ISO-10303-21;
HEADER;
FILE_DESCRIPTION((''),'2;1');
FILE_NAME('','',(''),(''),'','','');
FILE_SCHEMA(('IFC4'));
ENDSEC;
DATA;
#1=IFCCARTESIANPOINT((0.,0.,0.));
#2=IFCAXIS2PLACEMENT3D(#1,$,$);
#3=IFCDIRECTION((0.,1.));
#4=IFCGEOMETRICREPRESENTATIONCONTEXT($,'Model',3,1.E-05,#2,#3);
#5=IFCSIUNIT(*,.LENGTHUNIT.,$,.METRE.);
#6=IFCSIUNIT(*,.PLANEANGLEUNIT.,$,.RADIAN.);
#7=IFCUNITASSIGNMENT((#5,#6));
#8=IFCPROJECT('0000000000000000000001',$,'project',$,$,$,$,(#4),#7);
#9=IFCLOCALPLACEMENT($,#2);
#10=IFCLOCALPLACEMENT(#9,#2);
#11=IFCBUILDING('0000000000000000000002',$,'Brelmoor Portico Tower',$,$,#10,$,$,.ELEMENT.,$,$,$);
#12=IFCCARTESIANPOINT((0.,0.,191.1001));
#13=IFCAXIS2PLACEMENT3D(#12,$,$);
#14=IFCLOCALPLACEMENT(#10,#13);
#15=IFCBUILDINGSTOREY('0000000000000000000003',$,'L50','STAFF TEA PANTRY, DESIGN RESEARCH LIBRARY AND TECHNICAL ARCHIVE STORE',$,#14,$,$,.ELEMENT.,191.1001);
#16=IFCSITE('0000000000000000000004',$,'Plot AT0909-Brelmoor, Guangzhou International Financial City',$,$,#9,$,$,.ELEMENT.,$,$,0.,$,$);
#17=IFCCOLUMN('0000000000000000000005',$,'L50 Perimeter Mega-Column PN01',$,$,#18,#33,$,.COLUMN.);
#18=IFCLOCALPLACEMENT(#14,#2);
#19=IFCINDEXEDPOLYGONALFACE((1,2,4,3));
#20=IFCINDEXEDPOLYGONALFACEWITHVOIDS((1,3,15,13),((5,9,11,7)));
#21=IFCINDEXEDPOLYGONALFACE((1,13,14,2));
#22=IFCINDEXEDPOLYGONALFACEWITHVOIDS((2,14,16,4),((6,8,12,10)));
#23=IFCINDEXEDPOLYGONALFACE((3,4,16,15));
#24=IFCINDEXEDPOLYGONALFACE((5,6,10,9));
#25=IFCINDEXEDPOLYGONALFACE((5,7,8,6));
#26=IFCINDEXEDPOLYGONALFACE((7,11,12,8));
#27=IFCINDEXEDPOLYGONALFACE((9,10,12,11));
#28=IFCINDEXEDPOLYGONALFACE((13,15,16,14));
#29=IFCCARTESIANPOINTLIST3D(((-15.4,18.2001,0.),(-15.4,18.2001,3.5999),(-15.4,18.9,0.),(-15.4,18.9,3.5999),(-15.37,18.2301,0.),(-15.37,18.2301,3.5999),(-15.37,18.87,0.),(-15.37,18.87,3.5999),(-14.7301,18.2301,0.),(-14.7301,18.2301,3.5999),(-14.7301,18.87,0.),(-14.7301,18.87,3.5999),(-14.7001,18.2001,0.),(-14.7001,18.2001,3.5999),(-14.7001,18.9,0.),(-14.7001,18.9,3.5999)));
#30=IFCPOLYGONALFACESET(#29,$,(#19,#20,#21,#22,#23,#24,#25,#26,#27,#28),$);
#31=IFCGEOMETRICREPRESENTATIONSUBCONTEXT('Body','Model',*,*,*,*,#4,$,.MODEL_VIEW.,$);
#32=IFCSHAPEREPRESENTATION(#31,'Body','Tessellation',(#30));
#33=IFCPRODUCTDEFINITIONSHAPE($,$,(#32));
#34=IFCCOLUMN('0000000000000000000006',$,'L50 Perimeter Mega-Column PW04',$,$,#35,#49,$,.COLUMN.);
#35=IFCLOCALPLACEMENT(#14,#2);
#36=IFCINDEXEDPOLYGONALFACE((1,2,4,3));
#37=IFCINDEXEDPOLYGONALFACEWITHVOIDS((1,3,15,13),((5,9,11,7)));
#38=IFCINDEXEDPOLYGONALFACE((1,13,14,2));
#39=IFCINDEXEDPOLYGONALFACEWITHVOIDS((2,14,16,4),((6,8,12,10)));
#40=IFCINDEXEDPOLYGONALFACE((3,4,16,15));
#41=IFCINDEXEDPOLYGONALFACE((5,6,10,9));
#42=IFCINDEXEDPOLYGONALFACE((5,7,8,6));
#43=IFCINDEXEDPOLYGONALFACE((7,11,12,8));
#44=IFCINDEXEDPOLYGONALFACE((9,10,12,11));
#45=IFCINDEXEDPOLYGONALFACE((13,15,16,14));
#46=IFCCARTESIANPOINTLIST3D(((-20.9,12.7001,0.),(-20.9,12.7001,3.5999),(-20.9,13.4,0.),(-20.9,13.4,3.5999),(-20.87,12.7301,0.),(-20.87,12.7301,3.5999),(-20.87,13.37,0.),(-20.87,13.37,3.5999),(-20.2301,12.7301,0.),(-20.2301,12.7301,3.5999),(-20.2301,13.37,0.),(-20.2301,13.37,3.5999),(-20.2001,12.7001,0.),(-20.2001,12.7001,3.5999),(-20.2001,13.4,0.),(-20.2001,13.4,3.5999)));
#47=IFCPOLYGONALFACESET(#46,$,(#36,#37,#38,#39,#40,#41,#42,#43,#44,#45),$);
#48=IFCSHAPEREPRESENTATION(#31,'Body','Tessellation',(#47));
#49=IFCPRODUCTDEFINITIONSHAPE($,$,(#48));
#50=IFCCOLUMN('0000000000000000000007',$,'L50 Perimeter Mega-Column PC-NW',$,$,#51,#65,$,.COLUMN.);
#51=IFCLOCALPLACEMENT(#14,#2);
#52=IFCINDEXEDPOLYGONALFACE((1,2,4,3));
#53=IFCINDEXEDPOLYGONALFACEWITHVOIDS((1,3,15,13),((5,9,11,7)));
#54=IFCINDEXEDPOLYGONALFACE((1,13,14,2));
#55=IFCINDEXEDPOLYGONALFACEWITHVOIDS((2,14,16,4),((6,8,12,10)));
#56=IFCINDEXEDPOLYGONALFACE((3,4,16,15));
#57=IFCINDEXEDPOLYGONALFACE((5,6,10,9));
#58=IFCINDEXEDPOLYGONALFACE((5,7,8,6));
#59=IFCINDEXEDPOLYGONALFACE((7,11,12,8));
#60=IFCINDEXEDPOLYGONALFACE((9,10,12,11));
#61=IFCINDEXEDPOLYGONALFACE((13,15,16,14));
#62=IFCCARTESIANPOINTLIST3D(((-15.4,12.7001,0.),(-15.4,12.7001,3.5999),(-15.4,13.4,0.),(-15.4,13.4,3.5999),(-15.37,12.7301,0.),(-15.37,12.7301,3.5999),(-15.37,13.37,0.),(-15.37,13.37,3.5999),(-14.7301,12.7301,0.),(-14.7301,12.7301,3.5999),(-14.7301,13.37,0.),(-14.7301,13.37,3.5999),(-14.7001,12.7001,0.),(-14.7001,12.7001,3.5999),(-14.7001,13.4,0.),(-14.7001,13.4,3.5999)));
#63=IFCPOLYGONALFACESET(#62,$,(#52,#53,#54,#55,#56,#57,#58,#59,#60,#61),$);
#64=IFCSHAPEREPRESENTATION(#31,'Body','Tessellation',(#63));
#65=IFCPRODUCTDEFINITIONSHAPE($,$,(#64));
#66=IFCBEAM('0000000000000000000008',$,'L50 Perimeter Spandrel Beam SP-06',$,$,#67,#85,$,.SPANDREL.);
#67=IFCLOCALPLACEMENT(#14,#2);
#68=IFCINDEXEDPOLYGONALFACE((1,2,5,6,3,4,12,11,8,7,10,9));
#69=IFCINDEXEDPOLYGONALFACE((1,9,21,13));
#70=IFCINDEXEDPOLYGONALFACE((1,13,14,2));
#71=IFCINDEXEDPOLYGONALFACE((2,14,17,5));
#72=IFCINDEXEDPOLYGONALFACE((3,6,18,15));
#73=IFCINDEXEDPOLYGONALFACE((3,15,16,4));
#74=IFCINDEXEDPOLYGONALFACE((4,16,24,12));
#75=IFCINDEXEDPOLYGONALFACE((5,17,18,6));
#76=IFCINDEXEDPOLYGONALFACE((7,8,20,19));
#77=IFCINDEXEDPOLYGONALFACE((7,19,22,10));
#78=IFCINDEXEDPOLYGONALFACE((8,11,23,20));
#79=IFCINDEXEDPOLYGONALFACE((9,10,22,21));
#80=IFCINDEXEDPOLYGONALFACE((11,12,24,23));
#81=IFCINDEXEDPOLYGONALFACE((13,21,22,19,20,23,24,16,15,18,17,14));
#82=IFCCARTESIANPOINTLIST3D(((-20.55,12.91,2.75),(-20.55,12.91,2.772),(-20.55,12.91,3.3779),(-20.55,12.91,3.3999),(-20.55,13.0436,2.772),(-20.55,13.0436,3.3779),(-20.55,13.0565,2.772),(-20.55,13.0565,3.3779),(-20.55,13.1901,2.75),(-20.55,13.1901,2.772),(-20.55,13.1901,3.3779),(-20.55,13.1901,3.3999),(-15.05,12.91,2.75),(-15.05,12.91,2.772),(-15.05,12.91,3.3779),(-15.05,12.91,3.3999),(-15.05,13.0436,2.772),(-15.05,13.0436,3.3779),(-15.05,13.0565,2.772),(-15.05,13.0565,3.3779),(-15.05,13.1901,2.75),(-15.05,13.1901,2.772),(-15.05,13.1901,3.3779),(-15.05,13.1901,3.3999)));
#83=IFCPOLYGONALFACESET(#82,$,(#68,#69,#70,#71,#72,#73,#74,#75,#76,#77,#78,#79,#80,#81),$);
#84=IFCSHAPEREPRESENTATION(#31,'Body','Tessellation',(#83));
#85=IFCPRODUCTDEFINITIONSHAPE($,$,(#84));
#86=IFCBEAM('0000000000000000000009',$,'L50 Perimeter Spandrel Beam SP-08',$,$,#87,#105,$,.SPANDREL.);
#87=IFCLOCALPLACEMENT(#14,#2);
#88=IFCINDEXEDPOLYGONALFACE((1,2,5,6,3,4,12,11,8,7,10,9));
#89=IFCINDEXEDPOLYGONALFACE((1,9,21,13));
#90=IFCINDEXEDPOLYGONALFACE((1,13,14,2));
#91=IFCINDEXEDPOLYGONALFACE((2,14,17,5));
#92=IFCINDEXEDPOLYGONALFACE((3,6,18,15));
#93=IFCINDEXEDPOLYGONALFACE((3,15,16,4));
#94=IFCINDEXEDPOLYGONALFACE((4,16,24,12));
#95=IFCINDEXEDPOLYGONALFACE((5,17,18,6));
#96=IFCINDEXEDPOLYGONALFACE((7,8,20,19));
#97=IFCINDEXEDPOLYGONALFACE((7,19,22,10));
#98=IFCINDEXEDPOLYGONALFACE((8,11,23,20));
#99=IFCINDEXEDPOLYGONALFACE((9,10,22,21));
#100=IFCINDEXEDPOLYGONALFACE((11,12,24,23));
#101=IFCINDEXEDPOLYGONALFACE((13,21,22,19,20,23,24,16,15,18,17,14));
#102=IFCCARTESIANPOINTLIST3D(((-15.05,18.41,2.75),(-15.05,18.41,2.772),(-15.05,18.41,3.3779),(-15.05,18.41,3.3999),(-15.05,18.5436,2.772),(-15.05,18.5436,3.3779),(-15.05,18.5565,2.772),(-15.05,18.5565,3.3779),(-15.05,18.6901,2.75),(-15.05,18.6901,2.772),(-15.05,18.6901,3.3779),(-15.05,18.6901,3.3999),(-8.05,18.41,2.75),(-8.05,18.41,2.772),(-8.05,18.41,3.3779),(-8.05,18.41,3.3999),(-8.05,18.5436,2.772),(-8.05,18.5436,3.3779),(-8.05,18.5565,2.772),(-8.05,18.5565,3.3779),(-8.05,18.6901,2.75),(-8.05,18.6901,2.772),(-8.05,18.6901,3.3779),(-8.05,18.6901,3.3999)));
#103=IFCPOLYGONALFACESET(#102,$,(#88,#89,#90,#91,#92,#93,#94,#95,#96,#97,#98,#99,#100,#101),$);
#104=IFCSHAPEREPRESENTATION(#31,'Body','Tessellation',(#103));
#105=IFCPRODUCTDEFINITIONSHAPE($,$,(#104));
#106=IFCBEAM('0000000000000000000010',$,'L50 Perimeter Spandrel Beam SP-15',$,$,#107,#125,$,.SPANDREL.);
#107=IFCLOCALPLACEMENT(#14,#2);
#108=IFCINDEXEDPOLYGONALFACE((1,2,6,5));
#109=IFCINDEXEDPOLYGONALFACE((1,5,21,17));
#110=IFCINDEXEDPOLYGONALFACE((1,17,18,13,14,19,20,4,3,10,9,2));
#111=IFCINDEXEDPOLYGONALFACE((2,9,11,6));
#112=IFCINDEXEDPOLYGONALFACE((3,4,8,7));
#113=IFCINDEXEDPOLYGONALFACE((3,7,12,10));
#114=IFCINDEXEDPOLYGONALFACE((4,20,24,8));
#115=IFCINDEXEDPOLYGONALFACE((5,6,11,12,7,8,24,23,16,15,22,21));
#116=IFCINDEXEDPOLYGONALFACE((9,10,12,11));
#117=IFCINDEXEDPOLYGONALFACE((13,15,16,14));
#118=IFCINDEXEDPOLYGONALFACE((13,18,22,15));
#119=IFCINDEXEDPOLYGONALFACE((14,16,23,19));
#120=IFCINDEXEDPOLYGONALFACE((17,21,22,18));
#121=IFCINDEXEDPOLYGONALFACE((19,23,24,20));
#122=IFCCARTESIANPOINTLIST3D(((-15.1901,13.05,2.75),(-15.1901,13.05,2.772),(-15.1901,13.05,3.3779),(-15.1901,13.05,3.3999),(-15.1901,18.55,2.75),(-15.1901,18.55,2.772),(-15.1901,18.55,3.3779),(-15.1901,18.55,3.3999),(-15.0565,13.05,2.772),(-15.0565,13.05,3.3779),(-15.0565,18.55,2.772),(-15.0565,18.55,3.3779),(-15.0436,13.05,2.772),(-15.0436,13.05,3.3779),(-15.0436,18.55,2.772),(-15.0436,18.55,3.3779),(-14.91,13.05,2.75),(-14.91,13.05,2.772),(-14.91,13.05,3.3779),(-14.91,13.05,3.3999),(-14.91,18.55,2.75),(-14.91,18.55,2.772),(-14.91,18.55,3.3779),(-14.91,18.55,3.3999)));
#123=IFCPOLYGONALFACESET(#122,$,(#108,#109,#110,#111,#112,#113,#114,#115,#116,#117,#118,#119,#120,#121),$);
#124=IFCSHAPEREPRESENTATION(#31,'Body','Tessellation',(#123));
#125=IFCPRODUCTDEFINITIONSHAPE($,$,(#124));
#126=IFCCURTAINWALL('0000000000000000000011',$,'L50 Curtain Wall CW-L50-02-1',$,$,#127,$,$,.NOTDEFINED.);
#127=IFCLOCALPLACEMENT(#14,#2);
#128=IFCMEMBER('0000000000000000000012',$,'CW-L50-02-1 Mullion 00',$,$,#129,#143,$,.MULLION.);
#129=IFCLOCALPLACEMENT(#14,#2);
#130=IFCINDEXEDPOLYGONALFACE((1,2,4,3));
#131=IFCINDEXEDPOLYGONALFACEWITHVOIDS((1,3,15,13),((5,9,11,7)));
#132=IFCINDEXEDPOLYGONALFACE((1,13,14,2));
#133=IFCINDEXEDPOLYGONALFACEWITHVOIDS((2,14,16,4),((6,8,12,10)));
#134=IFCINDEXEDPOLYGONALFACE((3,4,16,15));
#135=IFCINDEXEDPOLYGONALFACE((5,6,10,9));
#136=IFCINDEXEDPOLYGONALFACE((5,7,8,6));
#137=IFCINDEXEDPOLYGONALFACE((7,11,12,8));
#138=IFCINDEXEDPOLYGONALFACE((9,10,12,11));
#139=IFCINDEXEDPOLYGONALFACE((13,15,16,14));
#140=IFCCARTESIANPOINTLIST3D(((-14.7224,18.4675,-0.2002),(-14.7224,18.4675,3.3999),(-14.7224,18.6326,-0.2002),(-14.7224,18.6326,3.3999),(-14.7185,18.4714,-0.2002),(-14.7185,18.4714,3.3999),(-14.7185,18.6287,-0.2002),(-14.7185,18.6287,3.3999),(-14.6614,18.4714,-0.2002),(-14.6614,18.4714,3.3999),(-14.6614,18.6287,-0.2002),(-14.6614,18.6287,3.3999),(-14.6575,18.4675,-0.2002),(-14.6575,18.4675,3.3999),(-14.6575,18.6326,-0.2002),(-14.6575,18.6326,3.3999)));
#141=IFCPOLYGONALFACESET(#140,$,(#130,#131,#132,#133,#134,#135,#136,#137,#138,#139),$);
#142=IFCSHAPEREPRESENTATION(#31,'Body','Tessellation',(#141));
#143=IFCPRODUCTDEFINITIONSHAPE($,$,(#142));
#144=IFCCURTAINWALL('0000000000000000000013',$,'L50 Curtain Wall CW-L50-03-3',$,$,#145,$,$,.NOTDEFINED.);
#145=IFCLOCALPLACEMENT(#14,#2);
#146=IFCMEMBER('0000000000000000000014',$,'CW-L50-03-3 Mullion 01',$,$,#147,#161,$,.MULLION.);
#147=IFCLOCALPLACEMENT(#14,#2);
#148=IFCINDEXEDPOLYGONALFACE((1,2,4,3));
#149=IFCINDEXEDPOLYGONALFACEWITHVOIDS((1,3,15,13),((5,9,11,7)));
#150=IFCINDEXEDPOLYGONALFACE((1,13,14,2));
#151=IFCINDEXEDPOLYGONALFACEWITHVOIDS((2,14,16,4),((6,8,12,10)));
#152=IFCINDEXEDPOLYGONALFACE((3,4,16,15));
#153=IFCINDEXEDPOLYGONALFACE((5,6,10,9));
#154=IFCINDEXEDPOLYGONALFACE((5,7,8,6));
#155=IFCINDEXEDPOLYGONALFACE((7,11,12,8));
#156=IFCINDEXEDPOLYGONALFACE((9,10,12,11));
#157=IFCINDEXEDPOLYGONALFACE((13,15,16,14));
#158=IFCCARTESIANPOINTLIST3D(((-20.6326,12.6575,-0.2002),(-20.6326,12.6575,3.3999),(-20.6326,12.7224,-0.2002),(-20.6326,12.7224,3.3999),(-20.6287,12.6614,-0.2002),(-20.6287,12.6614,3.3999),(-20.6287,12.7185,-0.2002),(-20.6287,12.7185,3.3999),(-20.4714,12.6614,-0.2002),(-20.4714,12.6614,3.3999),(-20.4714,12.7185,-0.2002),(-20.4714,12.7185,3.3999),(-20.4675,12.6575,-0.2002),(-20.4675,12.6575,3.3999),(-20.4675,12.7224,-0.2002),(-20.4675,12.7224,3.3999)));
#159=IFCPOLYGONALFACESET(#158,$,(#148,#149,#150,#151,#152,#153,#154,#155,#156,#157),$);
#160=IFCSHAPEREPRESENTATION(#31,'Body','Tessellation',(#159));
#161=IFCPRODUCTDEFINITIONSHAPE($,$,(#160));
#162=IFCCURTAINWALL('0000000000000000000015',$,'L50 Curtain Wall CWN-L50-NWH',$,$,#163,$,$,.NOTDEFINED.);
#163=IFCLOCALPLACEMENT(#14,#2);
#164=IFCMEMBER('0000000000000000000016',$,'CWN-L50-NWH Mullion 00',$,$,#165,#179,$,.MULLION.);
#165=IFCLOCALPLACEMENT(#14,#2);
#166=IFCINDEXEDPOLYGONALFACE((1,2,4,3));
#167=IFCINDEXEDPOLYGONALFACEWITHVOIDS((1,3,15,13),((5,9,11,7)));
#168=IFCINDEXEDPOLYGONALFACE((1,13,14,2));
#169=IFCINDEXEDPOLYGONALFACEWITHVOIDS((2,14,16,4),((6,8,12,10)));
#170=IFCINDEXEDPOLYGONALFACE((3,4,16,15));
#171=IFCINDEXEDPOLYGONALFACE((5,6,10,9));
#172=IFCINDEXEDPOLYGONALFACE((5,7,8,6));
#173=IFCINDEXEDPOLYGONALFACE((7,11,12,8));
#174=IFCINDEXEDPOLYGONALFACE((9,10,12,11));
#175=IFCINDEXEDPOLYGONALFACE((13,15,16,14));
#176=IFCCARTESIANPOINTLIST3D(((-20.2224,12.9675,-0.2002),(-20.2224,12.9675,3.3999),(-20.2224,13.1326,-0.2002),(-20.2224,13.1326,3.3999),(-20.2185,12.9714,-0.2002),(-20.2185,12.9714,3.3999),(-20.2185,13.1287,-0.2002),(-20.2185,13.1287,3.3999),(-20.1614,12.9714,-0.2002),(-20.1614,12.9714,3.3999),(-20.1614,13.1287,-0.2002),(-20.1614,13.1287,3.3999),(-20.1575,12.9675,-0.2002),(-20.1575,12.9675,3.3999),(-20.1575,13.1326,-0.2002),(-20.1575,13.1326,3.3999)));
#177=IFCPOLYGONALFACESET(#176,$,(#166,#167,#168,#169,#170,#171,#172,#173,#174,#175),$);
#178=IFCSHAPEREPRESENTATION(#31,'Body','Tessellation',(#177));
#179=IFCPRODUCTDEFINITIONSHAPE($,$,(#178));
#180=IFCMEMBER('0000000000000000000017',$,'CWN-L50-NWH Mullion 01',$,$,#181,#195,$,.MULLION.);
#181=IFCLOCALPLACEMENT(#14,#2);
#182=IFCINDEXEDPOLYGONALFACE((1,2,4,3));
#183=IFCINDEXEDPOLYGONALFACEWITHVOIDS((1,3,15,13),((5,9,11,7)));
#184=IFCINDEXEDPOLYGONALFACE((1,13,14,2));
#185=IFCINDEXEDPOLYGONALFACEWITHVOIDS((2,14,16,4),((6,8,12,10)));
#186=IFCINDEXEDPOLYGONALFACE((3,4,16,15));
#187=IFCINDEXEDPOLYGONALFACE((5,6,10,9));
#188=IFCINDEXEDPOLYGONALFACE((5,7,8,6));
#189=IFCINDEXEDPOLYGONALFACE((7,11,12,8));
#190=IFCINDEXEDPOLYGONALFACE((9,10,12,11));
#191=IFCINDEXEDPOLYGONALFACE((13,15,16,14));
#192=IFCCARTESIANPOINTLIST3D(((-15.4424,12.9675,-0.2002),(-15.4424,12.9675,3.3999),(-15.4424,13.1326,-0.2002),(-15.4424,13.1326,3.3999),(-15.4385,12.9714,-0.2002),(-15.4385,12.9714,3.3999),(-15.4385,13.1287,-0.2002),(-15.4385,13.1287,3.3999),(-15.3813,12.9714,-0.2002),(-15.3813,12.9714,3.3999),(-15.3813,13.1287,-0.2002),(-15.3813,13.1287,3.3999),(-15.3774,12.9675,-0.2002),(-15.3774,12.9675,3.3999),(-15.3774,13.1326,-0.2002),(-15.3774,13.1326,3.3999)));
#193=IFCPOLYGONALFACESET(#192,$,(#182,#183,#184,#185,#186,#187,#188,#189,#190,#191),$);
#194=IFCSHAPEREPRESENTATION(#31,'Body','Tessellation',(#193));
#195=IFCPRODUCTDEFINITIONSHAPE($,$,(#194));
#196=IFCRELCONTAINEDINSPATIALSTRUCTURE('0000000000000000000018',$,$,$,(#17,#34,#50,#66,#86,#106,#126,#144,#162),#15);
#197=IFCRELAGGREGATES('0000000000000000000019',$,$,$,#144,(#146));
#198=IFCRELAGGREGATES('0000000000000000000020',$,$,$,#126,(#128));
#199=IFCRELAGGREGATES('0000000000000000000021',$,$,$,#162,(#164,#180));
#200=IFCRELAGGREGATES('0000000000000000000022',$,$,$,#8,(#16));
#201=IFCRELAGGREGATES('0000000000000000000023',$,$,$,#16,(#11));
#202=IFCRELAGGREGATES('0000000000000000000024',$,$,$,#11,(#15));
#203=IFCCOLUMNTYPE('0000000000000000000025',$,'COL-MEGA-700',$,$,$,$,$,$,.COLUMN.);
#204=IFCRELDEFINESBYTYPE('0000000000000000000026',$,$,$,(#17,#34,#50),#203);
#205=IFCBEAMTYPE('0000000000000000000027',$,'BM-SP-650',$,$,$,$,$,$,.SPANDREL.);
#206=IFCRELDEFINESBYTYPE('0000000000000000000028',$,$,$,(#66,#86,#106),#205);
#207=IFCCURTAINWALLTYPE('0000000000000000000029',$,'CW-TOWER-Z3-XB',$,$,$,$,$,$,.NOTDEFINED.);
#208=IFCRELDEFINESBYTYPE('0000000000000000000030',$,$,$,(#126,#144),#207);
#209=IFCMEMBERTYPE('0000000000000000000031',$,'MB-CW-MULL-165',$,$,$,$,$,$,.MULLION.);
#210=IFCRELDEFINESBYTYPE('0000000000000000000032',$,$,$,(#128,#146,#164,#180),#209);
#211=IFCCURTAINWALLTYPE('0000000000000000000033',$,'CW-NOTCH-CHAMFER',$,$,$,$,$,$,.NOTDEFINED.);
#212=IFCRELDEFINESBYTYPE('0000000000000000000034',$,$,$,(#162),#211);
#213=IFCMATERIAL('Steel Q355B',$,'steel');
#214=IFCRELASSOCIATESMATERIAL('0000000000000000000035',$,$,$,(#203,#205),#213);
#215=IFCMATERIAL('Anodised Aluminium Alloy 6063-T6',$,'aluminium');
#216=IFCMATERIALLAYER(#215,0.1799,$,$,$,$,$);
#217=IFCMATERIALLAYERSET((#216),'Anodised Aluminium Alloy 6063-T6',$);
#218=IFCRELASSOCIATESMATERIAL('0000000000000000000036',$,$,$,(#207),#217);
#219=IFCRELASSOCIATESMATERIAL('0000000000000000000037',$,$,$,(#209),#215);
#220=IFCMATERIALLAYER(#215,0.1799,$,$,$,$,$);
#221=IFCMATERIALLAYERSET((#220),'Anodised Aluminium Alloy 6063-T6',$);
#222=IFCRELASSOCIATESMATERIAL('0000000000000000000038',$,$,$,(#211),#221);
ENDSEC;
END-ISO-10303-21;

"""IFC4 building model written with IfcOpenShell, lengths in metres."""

from ifc_helpers import new_model, si_unit, direction, frame, origin, origin_2d, place, context, subcontext, project, spatial, hollow_rectangle, i_section, extrude, material, layer, layer_set, material_profile, profile_set, type_object, element, aggregate, save


model = new_model("IFC4")

# Units and contexts
model_context = context("Model", 3, precision=1e-05, world=origin(), true_north=direction((0.0, 1.0)))
body_context = subcontext(model_context, "Body", "Model", "MODEL_VIEW")
ifc_project = project(units=[si_unit("LENGTHUNIT", "METRE"), si_unit("PLANEANGLEUNIT", "RADIAN")], contexts=[model_context])

# Site, building, storey
site_placement = place(None, origin())
site = spatial("IfcSite", under=ifc_project, at=site_placement, Name="Plot AT0909-Brelmoor, Guangzhou International Financial City", CompositionType="ELEMENT", RefElevation=0.0)
building_placement = place(site_placement, origin())
building = spatial("IfcBuilding", under=site, at=building_placement, Name="Brelmoor Portico Tower", CompositionType="ELEMENT")
storey_placement = place(building_placement, frame((0.0, 0.0, 191.1001)))
storey = spatial("IfcBuildingStorey", under=building, at=storey_placement, Name="L50", Description="STAFF TEA PANTRY, DESIGN RESEARCH LIBRARY AND TECHNICAL ARCHIVE STORE", CompositionType="ELEMENT", Elevation=191.1001)

# Columns
ifc_material_1 = material(Name="Steel Q355B", Category="steel")
ifc_material_profile_1 = material_profile(ifc_material_1, hollow_rectangle(XDim=0.7, YDim=0.7, WallThickness=0.03, at=origin_2d()), Name="BOX 700x700x30")
ifc_profile_set_1 = profile_set([ifc_material_profile_1], Name="Steel Q355B")
column_type = type_object("IfcColumnType", Name="COL-MEGA-700", PredefinedType="COLUMN", material=ifc_profile_set_1)
for number, where, z_axis, x_axis, name in (
    (1, (-15.05, 18.55, 0.0), (0.0, 0.0, 1.0), (1.0, 0.0, 0.0), "L50 Perimeter Mega-Column PN01"),
    (2, (-20.55, 13.05, 0.0), (0.0, 0.0, 1.0), (0.0, 1.0, 0.0), "L50 Perimeter Mega-Column PW04"),
    (3, (-15.05, 13.05, 0.0), (0.0, 0.0, 1.0), (1.0, 0.0, 0.0), "L50 Perimeter Mega-Column PC-NW"),
):
    element("IfcColumn", number, at=place(storey_placement, frame(where, z_axis=z_axis, x_axis=x_axis)), inside=storey, type_object=column_type, Name=name, PredefinedType="COLUMN", context=body_context, shape_type="SweptSolid", body=[
        extrude(hollow_rectangle(XDim=0.7, YDim=0.7, WallThickness=0.03, at=origin_2d()), origin(), (0.0, 0.0, 1.0), 3.5999),
    ])

# Beams
ifc_material_profile_2 = material_profile(ifc_material_1, i_section(OverallWidth=0.28, OverallDepth=0.6499, WebThickness=0.0129, FlangeThickness=0.022, at=origin_2d()), Name="HN 650x280x13x22")
ifc_profile_set_2 = profile_set([ifc_material_profile_2], Name="Steel Q355B")
beam_type = type_object("IfcBeamType", Name="BM-SP-650", PredefinedType="SPANDREL", material=ifc_profile_set_2)
beam_1_placement = place(storey_placement, frame((-20.55, 13.05, 3.075), z_axis=(1.0, 0.0, 0.0), x_axis=(0.0, 1.0, 0.0)))
element("IfcBeam", 4, at=beam_1_placement, inside=storey, type_object=beam_type, Name="L50 Perimeter Spandrel Beam SP-06", PredefinedType="SPANDREL", context=body_context, shape_type="SweptSolid", body=[
    extrude(i_section(OverallWidth=0.28, OverallDepth=0.6499, WebThickness=0.0129, FlangeThickness=0.022, at=origin_2d()), origin(), (0.0, 0.0, 1.0), 5.5),
])
beam_2_placement = place(storey_placement, frame((-15.05, 18.55, 3.075), z_axis=(1.0, 0.0, 0.0), x_axis=(0.0, 1.0, 0.0)))
element("IfcBeam", 5, at=beam_2_placement, inside=storey, type_object=beam_type, Name="L50 Perimeter Spandrel Beam SP-08", PredefinedType="SPANDREL", context=body_context, shape_type="SweptSolid", body=[
    extrude(i_section(OverallWidth=0.28, OverallDepth=0.6499, WebThickness=0.0129, FlangeThickness=0.022, at=origin_2d()), origin(), (0.0, 0.0, 1.0), 7.0),
])
beam_3_placement = place(storey_placement, frame((-15.05, 13.05, 3.075), z_axis=(0.0, 1.0, 0.0), x_axis=(-1.0, 0.0, 0.0)))
element("IfcBeam", 6, at=beam_3_placement, inside=storey, type_object=beam_type, Name="L50 Perimeter Spandrel Beam SP-15", PredefinedType="SPANDREL", context=body_context, shape_type="SweptSolid", body=[
    extrude(i_section(OverallWidth=0.28, OverallDepth=0.6499, WebThickness=0.0129, FlangeThickness=0.022, at=origin_2d()), origin(), (0.0, 0.0, 1.0), 5.5),
])

# Curtain walls, members
ifc_material_2 = material(Name="Anodised Aluminium Alloy 6063-T6", Category="aluminium")
ifc_layer_1 = layer(ifc_material_2, 0.1799)
ifc_layer_set_1 = layer_set([ifc_layer_1], Name="Anodised Aluminium Alloy 6063-T6")
curtain_wall_type_1 = type_object("IfcCurtainWallType", Name="CW-TOWER-Z3-XB", PredefinedType="NOTDEFINED", material=ifc_layer_set_1)
curtain_wall_1_placement = place(storey_placement, origin())
curtain_wall_1 = element("IfcCurtainWall", 7, at=curtain_wall_1_placement, inside=storey, type_object=curtain_wall_type_1, Name="L50 Curtain Wall CW-L50-02-1", PredefinedType="NOTDEFINED")
ifc_material_profile_3 = material_profile(ifc_material_2, hollow_rectangle(XDim=0.0649, YDim=0.165, WallThickness=0.0039, at=origin_2d()), Name="ALU MULLION 65x165")
ifc_profile_set_3 = profile_set([ifc_material_profile_3], Name="Anodised Aluminium Alloy 6063-T6")
member_type_1 = type_object("IfcMemberType", Name="MB-CW-MULL-165", PredefinedType="MULLION", material=ifc_profile_set_3)
member_1_placement = place(storey_placement, frame((-14.6899, 18.55, -0.2002), z_axis=(0.0, 0.0, 1.0), x_axis=(1.0, 0.0, 0.0)))
member_1 = element("IfcMember", 8, at=member_1_placement, type_object=member_type_1, Name="CW-L50-02-1 Mullion 00", PredefinedType="MULLION", context=body_context, shape_type="SweptSolid", body=[
    extrude(hollow_rectangle(XDim=0.0649, YDim=0.165, WallThickness=0.0039, at=origin_2d()), origin(), (0.0, 0.0, 1.0), 3.6001),
])
curtain_wall_2_placement = place(storey_placement, origin())
curtain_wall_2 = element("IfcCurtainWall", 9, at=curtain_wall_2_placement, inside=storey, type_object=curtain_wall_type_1, Name="L50 Curtain Wall CW-L50-03-3", PredefinedType="NOTDEFINED")
member_2_placement = place(storey_placement, frame((-20.55, 12.6899, -0.2002), z_axis=(0.0, 0.0, 1.0), x_axis=(0.0, 1.0, 0.0)))
member_2 = element("IfcMember", 10, at=member_2_placement, type_object=member_type_1, Name="CW-L50-03-3 Mullion 01", PredefinedType="MULLION", context=body_context, shape_type="SweptSolid", body=[
    extrude(hollow_rectangle(XDim=0.0649, YDim=0.165, WallThickness=0.0039, at=origin_2d()), origin(), (0.0, 0.0, 1.0), 3.6001),
])
aggregate(curtain_wall_2, [member_2])

# Curtain wall, members
ifc_layer_2 = layer(ifc_material_2, 0.1799)
ifc_layer_set_2 = layer_set([ifc_layer_2], Name="Anodised Aluminium Alloy 6063-T6")
curtain_wall_type_2 = type_object("IfcCurtainWallType", Name="CW-NOTCH-CHAMFER", PredefinedType="NOTDEFINED", material=ifc_layer_set_2)
curtain_wall_3_placement = place(storey_placement, origin())
curtain_wall_3 = element("IfcCurtainWall", 11, at=curtain_wall_3_placement, inside=storey, type_object=curtain_wall_type_2, Name="L50 Curtain Wall CWN-L50-NWH", PredefinedType="NOTDEFINED")
member_3_placement = place(storey_placement, frame((-20.1899, 13.05, -0.2002), z_axis=(0.0, 0.0, 1.0), x_axis=(1.0, 0.0, 0.0)))
member_3 = element("IfcMember", 12, at=member_3_placement, type_object=member_type_1, Name="CWN-L50-NWH Mullion 00", PredefinedType="MULLION", context=body_context, shape_type="SweptSolid", body=[
    extrude(hollow_rectangle(XDim=0.0649, YDim=0.165, WallThickness=0.0039, at=origin_2d()), origin(), (0.0, 0.0, 1.0), 3.6001),
])
member_4_placement = place(storey_placement, frame((-15.4099, 13.05, -0.2002), z_axis=(0.0, 0.0, 1.0), x_axis=(1.0, 0.0, 0.0)))
member_4 = element("IfcMember", 13, at=member_4_placement, type_object=member_type_1, Name="CWN-L50-NWH Mullion 01", PredefinedType="MULLION", context=body_context, shape_type="SweptSolid", body=[
    extrude(hollow_rectangle(XDim=0.0649, YDim=0.165, WallThickness=0.0039, at=origin_2d()), origin(), (0.0, 0.0, 1.0), 3.6001),
])

aggregate(curtain_wall_1, [member_1])

aggregate(curtain_wall_3, [member_3, member_4])

save(model, "model.ifc")
